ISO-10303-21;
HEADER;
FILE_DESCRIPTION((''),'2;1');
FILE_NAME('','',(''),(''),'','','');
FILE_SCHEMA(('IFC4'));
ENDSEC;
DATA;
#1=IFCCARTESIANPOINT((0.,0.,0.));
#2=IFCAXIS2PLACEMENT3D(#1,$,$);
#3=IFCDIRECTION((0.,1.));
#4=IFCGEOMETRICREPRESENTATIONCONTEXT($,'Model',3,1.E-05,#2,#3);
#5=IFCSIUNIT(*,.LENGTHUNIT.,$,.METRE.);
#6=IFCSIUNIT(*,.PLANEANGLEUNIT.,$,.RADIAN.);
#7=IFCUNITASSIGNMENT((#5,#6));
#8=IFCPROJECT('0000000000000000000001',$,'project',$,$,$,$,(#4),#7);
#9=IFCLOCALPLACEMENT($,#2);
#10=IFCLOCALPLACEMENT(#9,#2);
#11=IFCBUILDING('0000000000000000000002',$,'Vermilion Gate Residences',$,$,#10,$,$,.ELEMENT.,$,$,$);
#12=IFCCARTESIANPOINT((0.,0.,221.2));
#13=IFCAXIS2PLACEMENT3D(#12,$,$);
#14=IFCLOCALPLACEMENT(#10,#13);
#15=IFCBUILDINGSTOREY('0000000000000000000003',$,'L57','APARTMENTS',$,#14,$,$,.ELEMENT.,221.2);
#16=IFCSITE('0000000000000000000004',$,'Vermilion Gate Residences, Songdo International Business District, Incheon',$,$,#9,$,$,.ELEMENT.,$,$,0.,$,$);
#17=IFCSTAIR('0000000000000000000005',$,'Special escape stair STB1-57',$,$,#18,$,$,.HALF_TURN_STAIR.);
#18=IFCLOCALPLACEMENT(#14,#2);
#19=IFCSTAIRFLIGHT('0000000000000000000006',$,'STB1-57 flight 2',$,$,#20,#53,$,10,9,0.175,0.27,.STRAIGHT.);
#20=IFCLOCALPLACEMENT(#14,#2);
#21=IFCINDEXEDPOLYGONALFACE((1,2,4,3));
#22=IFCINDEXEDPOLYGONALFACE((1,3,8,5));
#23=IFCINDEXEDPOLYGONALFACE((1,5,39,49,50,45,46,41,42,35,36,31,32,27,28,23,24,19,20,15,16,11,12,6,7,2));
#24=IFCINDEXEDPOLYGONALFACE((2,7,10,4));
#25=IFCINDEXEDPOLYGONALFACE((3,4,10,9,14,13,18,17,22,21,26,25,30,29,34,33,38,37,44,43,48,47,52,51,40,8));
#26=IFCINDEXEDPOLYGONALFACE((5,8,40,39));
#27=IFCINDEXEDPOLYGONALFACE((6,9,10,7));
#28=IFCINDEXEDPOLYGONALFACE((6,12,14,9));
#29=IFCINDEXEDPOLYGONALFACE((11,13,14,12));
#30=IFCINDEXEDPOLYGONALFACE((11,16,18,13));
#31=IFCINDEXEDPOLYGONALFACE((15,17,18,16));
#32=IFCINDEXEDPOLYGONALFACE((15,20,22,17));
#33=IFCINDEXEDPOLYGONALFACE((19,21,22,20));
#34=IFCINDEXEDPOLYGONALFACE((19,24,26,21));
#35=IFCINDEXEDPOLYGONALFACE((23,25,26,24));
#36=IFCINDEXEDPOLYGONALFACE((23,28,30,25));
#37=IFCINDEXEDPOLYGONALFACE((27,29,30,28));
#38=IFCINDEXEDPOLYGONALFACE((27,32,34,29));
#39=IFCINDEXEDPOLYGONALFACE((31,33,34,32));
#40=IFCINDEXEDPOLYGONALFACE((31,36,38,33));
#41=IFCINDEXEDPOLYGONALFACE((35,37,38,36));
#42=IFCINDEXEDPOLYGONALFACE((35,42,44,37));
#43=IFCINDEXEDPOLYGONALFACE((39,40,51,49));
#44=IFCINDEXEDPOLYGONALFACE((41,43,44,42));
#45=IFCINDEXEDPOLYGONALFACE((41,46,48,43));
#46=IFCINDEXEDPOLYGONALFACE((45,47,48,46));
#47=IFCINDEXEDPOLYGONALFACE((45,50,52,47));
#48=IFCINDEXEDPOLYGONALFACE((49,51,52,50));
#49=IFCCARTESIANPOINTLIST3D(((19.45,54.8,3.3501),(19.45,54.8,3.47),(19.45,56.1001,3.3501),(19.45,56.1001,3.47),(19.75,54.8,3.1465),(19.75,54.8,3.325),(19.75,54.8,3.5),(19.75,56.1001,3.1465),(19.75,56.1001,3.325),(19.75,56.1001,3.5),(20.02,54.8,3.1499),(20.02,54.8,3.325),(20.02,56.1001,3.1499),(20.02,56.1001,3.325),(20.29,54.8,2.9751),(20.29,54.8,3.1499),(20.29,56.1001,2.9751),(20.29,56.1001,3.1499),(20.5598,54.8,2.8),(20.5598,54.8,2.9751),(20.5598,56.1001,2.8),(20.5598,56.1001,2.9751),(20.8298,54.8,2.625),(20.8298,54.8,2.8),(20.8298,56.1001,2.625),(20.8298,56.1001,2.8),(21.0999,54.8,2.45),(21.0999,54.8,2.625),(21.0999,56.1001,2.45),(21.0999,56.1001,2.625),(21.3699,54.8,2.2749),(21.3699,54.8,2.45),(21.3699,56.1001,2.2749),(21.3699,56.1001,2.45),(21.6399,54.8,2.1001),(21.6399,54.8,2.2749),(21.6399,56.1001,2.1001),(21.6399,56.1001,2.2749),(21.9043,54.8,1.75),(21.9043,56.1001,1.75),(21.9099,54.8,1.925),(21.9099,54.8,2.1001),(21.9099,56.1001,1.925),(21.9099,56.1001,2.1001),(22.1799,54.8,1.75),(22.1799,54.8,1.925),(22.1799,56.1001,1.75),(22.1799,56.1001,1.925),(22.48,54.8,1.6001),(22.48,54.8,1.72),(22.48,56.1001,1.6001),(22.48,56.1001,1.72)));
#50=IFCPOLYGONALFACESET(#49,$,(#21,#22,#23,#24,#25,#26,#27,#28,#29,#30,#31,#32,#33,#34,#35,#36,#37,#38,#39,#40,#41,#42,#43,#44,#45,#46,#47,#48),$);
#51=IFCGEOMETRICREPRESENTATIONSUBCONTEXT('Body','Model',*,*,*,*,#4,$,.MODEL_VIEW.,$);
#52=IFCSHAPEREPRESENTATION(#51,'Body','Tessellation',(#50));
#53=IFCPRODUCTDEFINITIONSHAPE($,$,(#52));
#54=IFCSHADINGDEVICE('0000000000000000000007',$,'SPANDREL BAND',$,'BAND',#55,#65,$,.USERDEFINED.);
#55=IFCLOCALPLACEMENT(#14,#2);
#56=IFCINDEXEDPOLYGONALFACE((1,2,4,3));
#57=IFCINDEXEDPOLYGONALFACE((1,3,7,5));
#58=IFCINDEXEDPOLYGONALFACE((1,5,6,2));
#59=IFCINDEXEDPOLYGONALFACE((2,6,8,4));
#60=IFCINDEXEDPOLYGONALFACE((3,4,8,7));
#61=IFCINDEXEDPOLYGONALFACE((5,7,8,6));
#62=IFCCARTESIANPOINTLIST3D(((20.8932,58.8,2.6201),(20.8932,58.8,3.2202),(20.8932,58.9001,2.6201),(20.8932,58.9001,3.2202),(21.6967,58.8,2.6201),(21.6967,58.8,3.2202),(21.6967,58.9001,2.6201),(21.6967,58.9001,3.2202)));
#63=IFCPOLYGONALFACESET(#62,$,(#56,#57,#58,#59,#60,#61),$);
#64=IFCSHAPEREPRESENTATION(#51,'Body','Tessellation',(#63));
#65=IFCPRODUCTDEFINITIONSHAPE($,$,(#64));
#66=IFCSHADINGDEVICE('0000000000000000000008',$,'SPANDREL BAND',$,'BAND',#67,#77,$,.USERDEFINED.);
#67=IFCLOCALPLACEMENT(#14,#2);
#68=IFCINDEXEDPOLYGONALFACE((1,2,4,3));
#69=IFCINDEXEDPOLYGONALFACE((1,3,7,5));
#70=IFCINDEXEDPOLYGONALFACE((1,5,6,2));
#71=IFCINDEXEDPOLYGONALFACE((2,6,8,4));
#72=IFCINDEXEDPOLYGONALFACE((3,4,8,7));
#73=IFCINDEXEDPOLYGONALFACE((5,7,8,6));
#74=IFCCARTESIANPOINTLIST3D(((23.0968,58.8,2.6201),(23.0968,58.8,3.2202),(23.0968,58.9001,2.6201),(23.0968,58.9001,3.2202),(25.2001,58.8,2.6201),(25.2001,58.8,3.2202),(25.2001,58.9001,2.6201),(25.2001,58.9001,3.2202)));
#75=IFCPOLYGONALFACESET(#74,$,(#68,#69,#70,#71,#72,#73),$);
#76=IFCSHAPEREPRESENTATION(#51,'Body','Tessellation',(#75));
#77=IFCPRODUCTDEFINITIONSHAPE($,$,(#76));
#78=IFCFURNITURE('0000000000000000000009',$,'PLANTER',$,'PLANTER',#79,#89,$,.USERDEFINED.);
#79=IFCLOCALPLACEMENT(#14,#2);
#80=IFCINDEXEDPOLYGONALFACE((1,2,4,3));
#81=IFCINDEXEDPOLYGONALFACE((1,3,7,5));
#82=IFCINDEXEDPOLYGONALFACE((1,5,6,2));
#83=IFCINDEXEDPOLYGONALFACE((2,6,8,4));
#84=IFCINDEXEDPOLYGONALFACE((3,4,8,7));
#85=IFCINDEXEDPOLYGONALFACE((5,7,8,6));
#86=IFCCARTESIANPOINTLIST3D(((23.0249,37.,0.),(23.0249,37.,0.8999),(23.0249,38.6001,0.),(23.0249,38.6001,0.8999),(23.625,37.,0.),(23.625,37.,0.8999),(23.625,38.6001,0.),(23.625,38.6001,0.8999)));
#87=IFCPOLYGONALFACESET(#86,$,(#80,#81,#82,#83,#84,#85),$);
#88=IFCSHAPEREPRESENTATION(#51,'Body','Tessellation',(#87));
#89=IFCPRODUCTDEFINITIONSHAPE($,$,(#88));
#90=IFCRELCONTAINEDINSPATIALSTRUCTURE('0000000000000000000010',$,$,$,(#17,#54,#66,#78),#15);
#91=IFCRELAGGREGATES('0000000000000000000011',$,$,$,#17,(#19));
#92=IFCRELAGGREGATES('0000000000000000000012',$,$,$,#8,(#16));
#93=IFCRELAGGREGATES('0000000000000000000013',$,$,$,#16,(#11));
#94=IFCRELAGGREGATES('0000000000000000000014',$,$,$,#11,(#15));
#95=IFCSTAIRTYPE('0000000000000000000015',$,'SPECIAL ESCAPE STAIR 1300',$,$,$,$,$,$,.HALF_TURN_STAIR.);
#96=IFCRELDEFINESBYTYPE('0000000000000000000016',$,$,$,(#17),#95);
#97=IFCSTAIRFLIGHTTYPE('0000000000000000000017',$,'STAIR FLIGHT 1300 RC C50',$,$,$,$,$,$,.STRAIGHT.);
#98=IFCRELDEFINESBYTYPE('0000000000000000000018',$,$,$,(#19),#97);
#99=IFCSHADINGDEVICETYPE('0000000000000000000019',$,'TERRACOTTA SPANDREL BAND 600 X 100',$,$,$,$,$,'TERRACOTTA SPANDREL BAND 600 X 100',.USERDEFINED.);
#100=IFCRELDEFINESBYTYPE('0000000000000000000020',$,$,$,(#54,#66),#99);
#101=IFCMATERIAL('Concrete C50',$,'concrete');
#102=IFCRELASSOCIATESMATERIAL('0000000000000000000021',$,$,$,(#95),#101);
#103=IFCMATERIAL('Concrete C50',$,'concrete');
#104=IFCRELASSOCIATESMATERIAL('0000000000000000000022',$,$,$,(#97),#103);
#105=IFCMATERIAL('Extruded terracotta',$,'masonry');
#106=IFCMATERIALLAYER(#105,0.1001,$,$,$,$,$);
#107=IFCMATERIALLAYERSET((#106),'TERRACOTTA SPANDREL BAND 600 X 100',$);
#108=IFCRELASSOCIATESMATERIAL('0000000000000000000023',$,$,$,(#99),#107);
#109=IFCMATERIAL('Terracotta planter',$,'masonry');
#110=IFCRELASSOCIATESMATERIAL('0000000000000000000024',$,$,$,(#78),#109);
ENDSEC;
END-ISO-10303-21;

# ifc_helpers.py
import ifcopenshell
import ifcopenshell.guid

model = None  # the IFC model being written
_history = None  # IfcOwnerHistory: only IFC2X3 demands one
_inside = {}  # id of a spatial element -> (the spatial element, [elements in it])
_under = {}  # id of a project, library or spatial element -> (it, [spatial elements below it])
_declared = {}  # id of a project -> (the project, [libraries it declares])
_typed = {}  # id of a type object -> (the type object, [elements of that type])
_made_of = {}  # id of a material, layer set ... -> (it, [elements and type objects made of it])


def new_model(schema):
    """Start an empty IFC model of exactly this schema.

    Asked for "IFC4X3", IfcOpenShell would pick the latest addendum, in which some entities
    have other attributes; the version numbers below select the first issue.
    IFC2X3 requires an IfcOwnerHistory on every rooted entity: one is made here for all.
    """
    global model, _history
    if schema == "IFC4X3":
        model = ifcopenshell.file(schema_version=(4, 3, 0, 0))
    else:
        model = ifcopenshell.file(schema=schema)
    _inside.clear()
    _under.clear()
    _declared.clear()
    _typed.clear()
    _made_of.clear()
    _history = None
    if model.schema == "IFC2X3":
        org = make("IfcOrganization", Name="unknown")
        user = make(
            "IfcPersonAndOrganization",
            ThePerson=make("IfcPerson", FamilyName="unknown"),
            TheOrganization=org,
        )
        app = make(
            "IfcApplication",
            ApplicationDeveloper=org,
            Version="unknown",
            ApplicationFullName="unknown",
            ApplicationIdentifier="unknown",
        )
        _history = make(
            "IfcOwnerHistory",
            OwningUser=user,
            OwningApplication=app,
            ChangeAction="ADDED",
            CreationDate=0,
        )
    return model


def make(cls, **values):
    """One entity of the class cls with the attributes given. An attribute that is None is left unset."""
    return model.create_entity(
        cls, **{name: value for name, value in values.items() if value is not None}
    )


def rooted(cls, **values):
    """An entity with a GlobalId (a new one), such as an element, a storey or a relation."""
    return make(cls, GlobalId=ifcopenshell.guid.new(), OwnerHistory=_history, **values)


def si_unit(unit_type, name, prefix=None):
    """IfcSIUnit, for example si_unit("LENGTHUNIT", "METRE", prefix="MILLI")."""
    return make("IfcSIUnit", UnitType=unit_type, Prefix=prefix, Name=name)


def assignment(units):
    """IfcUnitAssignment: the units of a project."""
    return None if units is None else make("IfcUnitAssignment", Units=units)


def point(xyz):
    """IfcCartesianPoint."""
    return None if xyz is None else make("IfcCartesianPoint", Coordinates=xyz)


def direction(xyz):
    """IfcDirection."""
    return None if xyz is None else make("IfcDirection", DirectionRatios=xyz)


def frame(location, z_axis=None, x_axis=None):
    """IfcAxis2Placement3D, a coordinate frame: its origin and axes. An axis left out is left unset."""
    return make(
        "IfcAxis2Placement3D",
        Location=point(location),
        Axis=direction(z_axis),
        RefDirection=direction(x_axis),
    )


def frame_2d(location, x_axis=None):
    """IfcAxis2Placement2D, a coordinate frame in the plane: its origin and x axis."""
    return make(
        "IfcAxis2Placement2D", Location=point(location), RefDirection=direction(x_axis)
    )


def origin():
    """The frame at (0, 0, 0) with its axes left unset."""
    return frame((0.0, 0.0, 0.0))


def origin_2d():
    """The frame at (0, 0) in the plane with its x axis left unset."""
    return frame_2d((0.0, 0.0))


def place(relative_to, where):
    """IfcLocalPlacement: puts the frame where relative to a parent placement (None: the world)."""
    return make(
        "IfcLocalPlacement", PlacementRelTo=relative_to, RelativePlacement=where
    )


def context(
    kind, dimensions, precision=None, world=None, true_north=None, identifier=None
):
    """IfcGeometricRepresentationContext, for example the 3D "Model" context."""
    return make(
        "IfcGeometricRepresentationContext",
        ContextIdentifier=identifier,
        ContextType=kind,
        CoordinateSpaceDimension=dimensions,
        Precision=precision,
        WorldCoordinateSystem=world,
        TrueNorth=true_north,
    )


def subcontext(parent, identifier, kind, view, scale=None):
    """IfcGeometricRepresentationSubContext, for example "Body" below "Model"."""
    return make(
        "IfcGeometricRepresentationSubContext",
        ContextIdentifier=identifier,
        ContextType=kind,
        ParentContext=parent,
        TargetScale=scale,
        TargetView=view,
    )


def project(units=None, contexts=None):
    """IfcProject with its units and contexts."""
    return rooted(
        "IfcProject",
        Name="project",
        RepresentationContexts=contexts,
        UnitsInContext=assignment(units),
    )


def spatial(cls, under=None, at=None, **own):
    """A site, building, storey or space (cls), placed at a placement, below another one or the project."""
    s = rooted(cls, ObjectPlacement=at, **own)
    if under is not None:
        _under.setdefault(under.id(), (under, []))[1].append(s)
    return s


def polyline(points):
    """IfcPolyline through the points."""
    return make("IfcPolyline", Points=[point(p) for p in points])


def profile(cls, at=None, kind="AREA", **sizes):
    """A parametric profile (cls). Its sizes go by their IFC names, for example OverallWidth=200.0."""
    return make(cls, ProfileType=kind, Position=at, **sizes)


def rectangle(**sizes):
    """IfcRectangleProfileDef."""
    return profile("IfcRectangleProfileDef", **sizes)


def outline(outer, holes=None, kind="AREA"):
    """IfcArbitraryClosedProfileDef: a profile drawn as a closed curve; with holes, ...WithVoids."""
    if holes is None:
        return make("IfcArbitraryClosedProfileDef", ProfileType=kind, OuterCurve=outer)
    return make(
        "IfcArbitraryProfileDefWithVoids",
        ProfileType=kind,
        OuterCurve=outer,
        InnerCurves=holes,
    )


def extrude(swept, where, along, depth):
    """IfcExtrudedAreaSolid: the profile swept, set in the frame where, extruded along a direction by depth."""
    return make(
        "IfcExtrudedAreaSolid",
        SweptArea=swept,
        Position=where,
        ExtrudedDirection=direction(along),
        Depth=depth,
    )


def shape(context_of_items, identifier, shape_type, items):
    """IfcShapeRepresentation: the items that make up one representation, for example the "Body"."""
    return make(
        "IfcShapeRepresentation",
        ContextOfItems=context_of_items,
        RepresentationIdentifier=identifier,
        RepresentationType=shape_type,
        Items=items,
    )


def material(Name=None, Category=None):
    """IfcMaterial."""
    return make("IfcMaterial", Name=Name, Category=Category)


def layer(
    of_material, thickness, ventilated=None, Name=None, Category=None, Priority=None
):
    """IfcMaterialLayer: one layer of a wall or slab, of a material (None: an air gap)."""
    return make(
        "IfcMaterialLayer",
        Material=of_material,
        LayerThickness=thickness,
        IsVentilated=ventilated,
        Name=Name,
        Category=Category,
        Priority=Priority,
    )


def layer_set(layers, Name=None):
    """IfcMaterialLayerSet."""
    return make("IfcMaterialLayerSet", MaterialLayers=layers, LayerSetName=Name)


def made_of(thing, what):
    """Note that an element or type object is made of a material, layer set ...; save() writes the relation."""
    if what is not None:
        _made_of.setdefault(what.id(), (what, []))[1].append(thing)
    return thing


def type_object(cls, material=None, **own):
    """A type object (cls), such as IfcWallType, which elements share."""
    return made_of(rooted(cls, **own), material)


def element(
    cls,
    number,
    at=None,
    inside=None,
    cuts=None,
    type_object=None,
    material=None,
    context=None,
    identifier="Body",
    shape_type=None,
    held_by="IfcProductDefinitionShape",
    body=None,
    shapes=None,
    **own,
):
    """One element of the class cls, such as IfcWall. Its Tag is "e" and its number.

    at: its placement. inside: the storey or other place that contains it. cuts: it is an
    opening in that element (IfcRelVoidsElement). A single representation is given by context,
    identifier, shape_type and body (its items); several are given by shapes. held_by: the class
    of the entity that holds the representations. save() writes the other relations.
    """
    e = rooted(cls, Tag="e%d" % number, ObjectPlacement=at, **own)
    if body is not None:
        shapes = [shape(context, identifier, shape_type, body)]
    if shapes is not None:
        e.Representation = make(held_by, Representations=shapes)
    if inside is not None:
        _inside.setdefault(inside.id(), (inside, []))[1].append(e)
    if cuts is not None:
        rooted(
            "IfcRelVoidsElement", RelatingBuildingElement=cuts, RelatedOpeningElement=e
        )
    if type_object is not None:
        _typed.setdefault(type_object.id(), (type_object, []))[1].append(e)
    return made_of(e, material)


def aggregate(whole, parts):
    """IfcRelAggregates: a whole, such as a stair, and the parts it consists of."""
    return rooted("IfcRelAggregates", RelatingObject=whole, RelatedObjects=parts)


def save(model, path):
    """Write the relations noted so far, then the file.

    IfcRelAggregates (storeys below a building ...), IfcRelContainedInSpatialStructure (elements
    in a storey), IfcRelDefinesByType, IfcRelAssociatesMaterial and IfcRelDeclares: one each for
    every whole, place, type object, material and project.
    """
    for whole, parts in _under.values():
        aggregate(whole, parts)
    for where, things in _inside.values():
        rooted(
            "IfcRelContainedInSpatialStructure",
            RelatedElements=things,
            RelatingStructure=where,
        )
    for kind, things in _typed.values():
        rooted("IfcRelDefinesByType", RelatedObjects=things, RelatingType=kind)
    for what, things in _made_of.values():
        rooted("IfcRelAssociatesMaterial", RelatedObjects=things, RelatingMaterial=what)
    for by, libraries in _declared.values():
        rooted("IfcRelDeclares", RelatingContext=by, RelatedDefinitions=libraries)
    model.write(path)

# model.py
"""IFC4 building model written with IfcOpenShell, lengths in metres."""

from ifc_helpers import new_model, si_unit, direction, frame, origin, origin_2d, place, context, subcontext, project, spatial, polyline, rectangle, outline, extrude, material, layer, layer_set, type_object, element, aggregate, save


model = new_model("IFC4")

# Units and contexts
model_context = context("Model", 3, precision=1e-05, world=origin(), true_north=direction((0.0, 1.0)))
body_context = subcontext(model_context, "Body", "Model", "MODEL_VIEW")
ifc_project = project(units=[si_unit("LENGTHUNIT", "METRE"), si_unit("PLANEANGLEUNIT", "RADIAN")], contexts=[model_context])

# Site, building, storey
site_placement = place(None, origin())
site = spatial("IfcSite", under=ifc_project, at=site_placement, Name="Vermilion Gate Residences, Songdo International Business District, Incheon", CompositionType="ELEMENT", RefElevation=0.0)
building_placement = place(site_placement, origin())
building = spatial("IfcBuilding", under=site, at=building_placement, Name="Vermilion Gate Residences", CompositionType="ELEMENT")
storey_placement = place(building_placement, frame((0.0, 0.0, 221.2)))
storey = spatial("IfcBuildingStorey", under=building, at=storey_placement, Name="L57", Description="APARTMENTS", CompositionType="ELEMENT", Elevation=221.2)

# Stair, stair flight
ifc_material_1 = material(Name="Concrete C50", Category="concrete")
stair_type = type_object("IfcStairType", Name="SPECIAL ESCAPE STAIR 1300", PredefinedType="HALF_TURN_STAIR", material=ifc_material_1)
stair_placement = place(storey_placement, origin())
stair = element("IfcStair", 1, at=stair_placement, inside=storey, type_object=stair_type, Name="Special escape stair STB1-57", PredefinedType="HALF_TURN_STAIR")
ifc_material_2 = material(Name="Concrete C50", Category="concrete")
stair_flight_type = type_object("IfcStairFlightType", Name="STAIR FLIGHT 1300 RC C50", PredefinedType="STRAIGHT", material=ifc_material_2)
stair_flight_placement = place(storey_placement, frame((22.1799, 55.45, 1.75), z_axis=(0.0, 0.0, 1.0), x_axis=(-1.0, 0.0, 0.0)))
stair_flight = element("IfcStairFlight", 2, at=stair_flight_placement, type_object=stair_flight_type, Name="STB1-57 flight 2", NumberOfRisers=10, NumberOfTreads=9, PredefinedType="STRAIGHT", RiserHeight=0.175, TreadLength=0.27, context=body_context, shape_type="SweptSolid", body=[
    extrude(outline(polyline([(-0.3, -0.1499), (-0.3, -0.03), (0.0, 0.0), (0.0, 0.175), (0.27, 0.175), (0.27, 0.3501), (0.54, 0.3501), (0.54, 0.5249), (0.8101, 0.5249), (0.8101, 0.7), (1.0801, 0.7), (1.0801, 0.875), (1.3501, 0.875), (1.3501, 1.05), (1.6201, 1.05), (1.6201, 1.2251), (1.8899, 1.2251), (1.8899, 1.3999), (2.1599, 1.3999), (2.1599, 1.575), (2.4299, 1.575), (2.4299, 1.75), (2.73, 1.72), (2.73, 1.6001), (2.4299, 1.3965), (0.2756, 0.0), (-0.3, -0.1499)])), frame((0.0, 0.6499, 0.0), z_axis=(0.0, -1.0, 0.0), x_axis=(1.0, 0.0, 0.0)), (0.0, 0.0, 1.0), 1.3),
])
aggregate(stair, [stair_flight])

# Shading devices
ifc_material_3 = material(Name="Extruded terracotta", Category="masonry")
ifc_layer_1 = layer(ifc_material_3, 0.1001)
ifc_layer_set_1 = layer_set([ifc_layer_1], Name="TERRACOTTA SPANDREL BAND 600 X 100")
shading_device_type = type_object("IfcShadingDeviceType", Name="TERRACOTTA SPANDREL BAND 600 X 100", ElementType="TERRACOTTA SPANDREL BAND 600 X 100", PredefinedType="USERDEFINED", material=ifc_layer_set_1)
shading_device_1_placement = place(storey_placement, frame((21.2949, 58.8501, 2.6201), z_axis=(0.0, 0.0, 1.0), x_axis=(1.0, 0.0, 0.0)))
element("IfcShadingDevice", 3, at=shading_device_1_placement, inside=storey, type_object=shading_device_type, Name="SPANDREL BAND", ObjectType="BAND", PredefinedType="USERDEFINED", context=body_context, shape_type="SweptSolid", body=[
    extrude(rectangle(XDim=0.8035, YDim=0.1001, at=origin_2d()), origin(), (0.0, 0.0, 1.0), 0.6001),
])
shading_device_2_placement = place(storey_placement, frame((24.1484, 58.8501, 2.6201), z_axis=(0.0, 0.0, 1.0), x_axis=(1.0, 0.0, 0.0)))
element("IfcShadingDevice", 4, at=shading_device_2_placement, inside=storey, type_object=shading_device_type, Name="SPANDREL BAND", ObjectType="BAND", PredefinedType="USERDEFINED", context=body_context, shape_type="SweptSolid", body=[
    extrude(rectangle(XDim=2.1033, YDim=0.1001, at=origin_2d()), origin(), (0.0, 0.0, 1.0), 0.6001),
])

# Furniture
ifc_material_4 = material(Name="Terracotta planter", Category="masonry")
furniture_placement = place(storey_placement, frame((23.325, 37.8, 0.0), z_axis=(0.0, 0.0, 1.0), x_axis=(0.0, 1.0, 0.0)))
element("IfcFurniture", 5, at=furniture_placement, inside=storey, material=ifc_material_4, Name="PLANTER", ObjectType="PLANTER", PredefinedType="USERDEFINED", context=body_context, shape_type="SweptSolid", body=[
    extrude(rectangle(XDim=1.6001, YDim=0.6001, at=origin_2d()), origin(), (0.0, 0.0, 1.0), 0.8999),
])

save(model, "model.ifc")
